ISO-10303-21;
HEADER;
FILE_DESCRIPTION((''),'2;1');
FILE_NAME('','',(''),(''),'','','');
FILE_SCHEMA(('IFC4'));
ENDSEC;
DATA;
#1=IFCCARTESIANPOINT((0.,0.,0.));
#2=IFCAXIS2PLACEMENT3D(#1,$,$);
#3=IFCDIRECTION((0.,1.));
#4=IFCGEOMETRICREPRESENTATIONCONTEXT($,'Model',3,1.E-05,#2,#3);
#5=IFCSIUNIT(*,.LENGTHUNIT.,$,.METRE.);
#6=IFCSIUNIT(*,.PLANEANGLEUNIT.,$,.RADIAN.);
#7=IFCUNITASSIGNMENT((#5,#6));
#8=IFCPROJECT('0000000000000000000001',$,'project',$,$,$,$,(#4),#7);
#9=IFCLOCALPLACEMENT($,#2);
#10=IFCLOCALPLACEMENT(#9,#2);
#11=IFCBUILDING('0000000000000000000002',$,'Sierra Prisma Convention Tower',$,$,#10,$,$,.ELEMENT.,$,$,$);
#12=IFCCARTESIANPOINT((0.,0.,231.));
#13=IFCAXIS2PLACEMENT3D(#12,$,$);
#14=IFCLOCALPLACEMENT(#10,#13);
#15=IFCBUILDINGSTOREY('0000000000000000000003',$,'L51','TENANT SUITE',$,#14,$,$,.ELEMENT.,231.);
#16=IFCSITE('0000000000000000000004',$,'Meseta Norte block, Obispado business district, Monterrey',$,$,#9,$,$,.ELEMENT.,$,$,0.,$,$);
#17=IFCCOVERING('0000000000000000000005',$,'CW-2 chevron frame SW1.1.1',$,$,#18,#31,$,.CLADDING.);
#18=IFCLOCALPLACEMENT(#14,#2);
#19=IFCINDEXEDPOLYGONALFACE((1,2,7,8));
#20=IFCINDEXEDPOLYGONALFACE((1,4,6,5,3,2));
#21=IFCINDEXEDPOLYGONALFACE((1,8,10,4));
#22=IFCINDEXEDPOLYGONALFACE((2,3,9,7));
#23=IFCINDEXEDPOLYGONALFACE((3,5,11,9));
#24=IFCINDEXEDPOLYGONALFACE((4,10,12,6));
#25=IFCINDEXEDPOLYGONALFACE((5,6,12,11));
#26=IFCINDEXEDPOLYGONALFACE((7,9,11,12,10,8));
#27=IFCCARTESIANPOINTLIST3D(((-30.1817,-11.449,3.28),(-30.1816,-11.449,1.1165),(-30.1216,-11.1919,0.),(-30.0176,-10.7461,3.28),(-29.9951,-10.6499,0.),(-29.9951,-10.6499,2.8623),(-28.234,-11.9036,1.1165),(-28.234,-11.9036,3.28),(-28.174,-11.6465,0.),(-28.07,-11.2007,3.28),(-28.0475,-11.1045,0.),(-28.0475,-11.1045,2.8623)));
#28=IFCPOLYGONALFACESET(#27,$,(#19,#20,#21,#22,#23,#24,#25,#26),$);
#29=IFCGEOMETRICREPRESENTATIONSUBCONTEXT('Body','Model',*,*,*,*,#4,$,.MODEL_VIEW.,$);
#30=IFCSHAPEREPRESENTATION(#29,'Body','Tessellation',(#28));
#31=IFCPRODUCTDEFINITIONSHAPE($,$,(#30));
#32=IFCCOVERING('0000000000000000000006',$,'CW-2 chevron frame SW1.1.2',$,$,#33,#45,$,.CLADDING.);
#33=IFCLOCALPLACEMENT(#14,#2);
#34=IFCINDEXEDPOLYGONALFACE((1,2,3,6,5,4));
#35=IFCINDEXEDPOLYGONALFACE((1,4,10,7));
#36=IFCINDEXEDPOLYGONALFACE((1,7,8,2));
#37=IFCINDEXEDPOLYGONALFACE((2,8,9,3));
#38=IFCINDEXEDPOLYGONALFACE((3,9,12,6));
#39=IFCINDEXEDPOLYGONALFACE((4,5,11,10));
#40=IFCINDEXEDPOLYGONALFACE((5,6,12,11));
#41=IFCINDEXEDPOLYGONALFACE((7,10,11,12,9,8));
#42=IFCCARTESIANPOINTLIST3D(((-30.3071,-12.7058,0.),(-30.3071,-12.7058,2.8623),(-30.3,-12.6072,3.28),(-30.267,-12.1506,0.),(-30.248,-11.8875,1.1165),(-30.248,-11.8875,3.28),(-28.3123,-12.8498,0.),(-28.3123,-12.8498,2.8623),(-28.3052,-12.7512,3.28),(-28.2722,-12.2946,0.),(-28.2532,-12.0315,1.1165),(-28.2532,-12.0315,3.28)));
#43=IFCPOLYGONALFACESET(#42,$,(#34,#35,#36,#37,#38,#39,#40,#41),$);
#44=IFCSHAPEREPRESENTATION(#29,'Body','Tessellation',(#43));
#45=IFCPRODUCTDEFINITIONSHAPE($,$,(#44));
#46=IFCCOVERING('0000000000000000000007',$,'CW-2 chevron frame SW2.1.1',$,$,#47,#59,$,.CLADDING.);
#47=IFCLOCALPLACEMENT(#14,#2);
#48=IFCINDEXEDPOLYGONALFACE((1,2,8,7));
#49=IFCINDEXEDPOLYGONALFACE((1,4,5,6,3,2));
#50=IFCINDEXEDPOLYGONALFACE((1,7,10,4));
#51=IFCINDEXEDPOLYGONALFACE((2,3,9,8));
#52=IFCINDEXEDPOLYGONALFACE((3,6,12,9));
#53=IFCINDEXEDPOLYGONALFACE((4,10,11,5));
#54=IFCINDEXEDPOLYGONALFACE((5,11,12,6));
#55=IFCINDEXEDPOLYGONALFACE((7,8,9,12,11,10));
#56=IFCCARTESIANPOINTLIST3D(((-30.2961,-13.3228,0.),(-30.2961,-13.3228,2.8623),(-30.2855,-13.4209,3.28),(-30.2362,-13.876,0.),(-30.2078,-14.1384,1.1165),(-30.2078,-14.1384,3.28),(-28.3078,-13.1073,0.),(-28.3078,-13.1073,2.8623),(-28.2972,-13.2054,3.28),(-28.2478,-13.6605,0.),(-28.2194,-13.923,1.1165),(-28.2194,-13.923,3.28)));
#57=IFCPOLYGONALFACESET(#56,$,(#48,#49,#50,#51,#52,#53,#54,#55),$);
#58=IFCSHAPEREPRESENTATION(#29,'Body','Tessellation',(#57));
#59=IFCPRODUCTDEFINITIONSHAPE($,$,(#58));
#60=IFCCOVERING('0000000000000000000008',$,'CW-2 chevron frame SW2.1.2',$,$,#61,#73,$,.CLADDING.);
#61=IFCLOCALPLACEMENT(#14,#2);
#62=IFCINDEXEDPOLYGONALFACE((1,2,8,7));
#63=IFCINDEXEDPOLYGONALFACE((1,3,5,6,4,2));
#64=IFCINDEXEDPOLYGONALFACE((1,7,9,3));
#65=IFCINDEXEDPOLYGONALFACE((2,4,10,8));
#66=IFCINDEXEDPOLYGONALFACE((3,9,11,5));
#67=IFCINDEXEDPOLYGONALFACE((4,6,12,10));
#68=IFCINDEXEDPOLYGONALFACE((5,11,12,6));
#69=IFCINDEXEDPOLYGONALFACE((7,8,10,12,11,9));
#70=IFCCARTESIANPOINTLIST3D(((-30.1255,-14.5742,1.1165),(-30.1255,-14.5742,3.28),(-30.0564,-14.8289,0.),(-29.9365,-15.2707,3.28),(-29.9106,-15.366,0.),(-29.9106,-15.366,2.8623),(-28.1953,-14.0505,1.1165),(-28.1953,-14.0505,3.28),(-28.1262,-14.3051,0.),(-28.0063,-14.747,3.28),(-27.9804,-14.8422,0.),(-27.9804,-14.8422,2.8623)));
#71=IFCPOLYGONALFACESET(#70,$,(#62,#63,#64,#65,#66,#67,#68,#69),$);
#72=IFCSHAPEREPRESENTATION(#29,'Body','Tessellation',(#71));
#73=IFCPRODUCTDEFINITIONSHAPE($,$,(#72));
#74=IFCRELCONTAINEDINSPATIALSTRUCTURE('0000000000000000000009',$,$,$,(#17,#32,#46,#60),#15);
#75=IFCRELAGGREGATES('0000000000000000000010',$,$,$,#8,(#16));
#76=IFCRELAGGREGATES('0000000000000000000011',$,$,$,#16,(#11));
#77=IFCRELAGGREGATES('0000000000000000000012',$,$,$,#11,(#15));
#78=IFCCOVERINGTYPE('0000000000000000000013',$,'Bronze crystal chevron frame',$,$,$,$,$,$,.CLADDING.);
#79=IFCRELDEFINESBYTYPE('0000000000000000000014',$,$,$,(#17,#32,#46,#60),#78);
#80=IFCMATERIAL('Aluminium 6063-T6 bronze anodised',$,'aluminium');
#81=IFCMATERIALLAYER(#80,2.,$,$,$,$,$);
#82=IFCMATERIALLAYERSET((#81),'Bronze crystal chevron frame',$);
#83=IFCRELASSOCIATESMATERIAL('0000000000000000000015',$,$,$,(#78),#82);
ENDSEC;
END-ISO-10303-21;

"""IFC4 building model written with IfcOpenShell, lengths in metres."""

from ifc_helpers import new_model, si_unit, direction, frame, origin, place, context, subcontext, project, spatial, polyline, outline, extrude, material, layer, layer_set, type_object, element, save


model = new_model("IFC4")

# Units and contexts
model_context = context("Model", 3, precision=1e-05, world=origin(), true_north=direction((0.0, 1.0)))
body_context = subcontext(model_context, "Body", "Model", "MODEL_VIEW")
ifc_project = project(units=[si_unit("LENGTHUNIT", "METRE"), si_unit("PLANEANGLEUNIT", "RADIAN")], contexts=[model_context])

# Site, building, storey
site_placement = place(None, origin())
site = spatial("IfcSite", under=ifc_project, at=site_placement, Name="Meseta Norte block, Obispado business district, Monterrey", CompositionType="ELEMENT", RefElevation=0.0)
building_placement = place(site_placement, origin())
building = spatial("IfcBuilding", under=site, at=building_placement, Name="Sierra Prisma Convention Tower", CompositionType="ELEMENT")
storey_placement = place(building_placement, frame((0.0, 0.0, 231.0)))
storey = spatial("IfcBuildingStorey", under=building, at=storey_placement, Name="L51", Description="TENANT SUITE", CompositionType="ELEMENT", Elevation=231.0)

# Coverings
ifc_material_1 = material(Name="Aluminium 6063-T6 bronze anodised", Category="aluminium")
ifc_layer_1 = layer(ifc_material_1, 2.0)
ifc_layer_set_1 = layer_set([ifc_layer_1], Name="Bronze crystal chevron frame")
covering_type = type_object("IfcCoveringType", Name="Bronze crystal chevron frame", PredefinedType="CLADDING", material=ifc_layer_set_1)
covering_1_placement = place(storey_placement, frame((-29.9951, -10.6499, 0.0), z_axis=(-0.973824, 0.227303, -0.000009), x_axis=(-0.227303, -0.973824, 0.0)))
element("IfcCovering", 1, at=covering_1_placement, inside=storey, type_object=covering_type, Name="CW-2 chevron frame SW1.1.1", PredefinedType="CLADDING", context=body_context, shape_type="SweptSolid", body=[
    extrude(outline(polyline([(0.0, 0.0), (0.5566, 0.0), (0.8206, 1.1165), (0.8206, 3.28), (0.0988, 3.28), (0.0, 2.8623), (0.0, 0.0)])), origin(), (0.0, 0.0, -1.0), 2.0),
])
covering_2_placement = place(storey_placement, frame((-30.248, -11.8875, 3.28), z_axis=(-0.997404, 0.072002, 0.0), x_axis=(0.0, 0.0, -1.0)))
element("IfcCovering", 2, at=covering_2_placement, inside=storey, type_object=covering_type, Name="CW-2 chevron frame SW1.1.2", PredefinedType="CLADDING", context=body_context, shape_type="SweptSolid", body=[
    extrude(outline(polyline([(0.0, 0.0), (2.1636, 0.0), (3.28, 0.2639), (3.28, 0.8205), (0.4177, 0.8205), (0.0, 0.7216), (0.0, 0.0)])), origin(), (0.0, 0.0, -1.0), 2.0),
])
covering_3_placement = place(storey_placement, frame((-30.2961, -13.3228, 0.0), z_axis=(-0.994179, -0.107737, -0.000001), x_axis=(0.107737, -0.994179, 0.0)))
element("IfcCovering", 3, at=covering_3_placement, inside=storey, type_object=covering_type, Name="CW-2 chevron frame SW2.1.1", PredefinedType="CLADDING", context=body_context, shape_type="SweptSolid", body=[
    extrude(outline(polyline([(0.0, 0.0), (0.5565, 0.0), (0.8204, 1.1165), (0.8204, 3.28), (0.0987, 3.28), (0.0, 2.8623), (0.0, 0.0)])), origin(), (0.0, 0.0, -1.0), 2.0),
])
covering_4_placement = place(storey_placement, frame((-30.1255, -14.5742, 3.28), z_axis=(-0.9651, -0.261881, -0.000006), x_axis=(0.000006, 0.000002, -1.0)))
element("IfcCovering", 4, at=covering_4_placement, inside=storey, type_object=covering_type, Name="CW-2 chevron frame SW2.1.2", PredefinedType="CLADDING", context=body_context, shape_type="SweptSolid", body=[
    extrude(outline(polyline([(0.0, 0.0), (2.1636, 0.0), (3.28, 0.2638), (3.28, 0.8204), (0.4177, 0.8204), (0.0, 0.7217), (0.0, 0.0)])), origin(), (0.0, 0.0, -1.0), 2.0),
])

save(model, "model.ifc")
